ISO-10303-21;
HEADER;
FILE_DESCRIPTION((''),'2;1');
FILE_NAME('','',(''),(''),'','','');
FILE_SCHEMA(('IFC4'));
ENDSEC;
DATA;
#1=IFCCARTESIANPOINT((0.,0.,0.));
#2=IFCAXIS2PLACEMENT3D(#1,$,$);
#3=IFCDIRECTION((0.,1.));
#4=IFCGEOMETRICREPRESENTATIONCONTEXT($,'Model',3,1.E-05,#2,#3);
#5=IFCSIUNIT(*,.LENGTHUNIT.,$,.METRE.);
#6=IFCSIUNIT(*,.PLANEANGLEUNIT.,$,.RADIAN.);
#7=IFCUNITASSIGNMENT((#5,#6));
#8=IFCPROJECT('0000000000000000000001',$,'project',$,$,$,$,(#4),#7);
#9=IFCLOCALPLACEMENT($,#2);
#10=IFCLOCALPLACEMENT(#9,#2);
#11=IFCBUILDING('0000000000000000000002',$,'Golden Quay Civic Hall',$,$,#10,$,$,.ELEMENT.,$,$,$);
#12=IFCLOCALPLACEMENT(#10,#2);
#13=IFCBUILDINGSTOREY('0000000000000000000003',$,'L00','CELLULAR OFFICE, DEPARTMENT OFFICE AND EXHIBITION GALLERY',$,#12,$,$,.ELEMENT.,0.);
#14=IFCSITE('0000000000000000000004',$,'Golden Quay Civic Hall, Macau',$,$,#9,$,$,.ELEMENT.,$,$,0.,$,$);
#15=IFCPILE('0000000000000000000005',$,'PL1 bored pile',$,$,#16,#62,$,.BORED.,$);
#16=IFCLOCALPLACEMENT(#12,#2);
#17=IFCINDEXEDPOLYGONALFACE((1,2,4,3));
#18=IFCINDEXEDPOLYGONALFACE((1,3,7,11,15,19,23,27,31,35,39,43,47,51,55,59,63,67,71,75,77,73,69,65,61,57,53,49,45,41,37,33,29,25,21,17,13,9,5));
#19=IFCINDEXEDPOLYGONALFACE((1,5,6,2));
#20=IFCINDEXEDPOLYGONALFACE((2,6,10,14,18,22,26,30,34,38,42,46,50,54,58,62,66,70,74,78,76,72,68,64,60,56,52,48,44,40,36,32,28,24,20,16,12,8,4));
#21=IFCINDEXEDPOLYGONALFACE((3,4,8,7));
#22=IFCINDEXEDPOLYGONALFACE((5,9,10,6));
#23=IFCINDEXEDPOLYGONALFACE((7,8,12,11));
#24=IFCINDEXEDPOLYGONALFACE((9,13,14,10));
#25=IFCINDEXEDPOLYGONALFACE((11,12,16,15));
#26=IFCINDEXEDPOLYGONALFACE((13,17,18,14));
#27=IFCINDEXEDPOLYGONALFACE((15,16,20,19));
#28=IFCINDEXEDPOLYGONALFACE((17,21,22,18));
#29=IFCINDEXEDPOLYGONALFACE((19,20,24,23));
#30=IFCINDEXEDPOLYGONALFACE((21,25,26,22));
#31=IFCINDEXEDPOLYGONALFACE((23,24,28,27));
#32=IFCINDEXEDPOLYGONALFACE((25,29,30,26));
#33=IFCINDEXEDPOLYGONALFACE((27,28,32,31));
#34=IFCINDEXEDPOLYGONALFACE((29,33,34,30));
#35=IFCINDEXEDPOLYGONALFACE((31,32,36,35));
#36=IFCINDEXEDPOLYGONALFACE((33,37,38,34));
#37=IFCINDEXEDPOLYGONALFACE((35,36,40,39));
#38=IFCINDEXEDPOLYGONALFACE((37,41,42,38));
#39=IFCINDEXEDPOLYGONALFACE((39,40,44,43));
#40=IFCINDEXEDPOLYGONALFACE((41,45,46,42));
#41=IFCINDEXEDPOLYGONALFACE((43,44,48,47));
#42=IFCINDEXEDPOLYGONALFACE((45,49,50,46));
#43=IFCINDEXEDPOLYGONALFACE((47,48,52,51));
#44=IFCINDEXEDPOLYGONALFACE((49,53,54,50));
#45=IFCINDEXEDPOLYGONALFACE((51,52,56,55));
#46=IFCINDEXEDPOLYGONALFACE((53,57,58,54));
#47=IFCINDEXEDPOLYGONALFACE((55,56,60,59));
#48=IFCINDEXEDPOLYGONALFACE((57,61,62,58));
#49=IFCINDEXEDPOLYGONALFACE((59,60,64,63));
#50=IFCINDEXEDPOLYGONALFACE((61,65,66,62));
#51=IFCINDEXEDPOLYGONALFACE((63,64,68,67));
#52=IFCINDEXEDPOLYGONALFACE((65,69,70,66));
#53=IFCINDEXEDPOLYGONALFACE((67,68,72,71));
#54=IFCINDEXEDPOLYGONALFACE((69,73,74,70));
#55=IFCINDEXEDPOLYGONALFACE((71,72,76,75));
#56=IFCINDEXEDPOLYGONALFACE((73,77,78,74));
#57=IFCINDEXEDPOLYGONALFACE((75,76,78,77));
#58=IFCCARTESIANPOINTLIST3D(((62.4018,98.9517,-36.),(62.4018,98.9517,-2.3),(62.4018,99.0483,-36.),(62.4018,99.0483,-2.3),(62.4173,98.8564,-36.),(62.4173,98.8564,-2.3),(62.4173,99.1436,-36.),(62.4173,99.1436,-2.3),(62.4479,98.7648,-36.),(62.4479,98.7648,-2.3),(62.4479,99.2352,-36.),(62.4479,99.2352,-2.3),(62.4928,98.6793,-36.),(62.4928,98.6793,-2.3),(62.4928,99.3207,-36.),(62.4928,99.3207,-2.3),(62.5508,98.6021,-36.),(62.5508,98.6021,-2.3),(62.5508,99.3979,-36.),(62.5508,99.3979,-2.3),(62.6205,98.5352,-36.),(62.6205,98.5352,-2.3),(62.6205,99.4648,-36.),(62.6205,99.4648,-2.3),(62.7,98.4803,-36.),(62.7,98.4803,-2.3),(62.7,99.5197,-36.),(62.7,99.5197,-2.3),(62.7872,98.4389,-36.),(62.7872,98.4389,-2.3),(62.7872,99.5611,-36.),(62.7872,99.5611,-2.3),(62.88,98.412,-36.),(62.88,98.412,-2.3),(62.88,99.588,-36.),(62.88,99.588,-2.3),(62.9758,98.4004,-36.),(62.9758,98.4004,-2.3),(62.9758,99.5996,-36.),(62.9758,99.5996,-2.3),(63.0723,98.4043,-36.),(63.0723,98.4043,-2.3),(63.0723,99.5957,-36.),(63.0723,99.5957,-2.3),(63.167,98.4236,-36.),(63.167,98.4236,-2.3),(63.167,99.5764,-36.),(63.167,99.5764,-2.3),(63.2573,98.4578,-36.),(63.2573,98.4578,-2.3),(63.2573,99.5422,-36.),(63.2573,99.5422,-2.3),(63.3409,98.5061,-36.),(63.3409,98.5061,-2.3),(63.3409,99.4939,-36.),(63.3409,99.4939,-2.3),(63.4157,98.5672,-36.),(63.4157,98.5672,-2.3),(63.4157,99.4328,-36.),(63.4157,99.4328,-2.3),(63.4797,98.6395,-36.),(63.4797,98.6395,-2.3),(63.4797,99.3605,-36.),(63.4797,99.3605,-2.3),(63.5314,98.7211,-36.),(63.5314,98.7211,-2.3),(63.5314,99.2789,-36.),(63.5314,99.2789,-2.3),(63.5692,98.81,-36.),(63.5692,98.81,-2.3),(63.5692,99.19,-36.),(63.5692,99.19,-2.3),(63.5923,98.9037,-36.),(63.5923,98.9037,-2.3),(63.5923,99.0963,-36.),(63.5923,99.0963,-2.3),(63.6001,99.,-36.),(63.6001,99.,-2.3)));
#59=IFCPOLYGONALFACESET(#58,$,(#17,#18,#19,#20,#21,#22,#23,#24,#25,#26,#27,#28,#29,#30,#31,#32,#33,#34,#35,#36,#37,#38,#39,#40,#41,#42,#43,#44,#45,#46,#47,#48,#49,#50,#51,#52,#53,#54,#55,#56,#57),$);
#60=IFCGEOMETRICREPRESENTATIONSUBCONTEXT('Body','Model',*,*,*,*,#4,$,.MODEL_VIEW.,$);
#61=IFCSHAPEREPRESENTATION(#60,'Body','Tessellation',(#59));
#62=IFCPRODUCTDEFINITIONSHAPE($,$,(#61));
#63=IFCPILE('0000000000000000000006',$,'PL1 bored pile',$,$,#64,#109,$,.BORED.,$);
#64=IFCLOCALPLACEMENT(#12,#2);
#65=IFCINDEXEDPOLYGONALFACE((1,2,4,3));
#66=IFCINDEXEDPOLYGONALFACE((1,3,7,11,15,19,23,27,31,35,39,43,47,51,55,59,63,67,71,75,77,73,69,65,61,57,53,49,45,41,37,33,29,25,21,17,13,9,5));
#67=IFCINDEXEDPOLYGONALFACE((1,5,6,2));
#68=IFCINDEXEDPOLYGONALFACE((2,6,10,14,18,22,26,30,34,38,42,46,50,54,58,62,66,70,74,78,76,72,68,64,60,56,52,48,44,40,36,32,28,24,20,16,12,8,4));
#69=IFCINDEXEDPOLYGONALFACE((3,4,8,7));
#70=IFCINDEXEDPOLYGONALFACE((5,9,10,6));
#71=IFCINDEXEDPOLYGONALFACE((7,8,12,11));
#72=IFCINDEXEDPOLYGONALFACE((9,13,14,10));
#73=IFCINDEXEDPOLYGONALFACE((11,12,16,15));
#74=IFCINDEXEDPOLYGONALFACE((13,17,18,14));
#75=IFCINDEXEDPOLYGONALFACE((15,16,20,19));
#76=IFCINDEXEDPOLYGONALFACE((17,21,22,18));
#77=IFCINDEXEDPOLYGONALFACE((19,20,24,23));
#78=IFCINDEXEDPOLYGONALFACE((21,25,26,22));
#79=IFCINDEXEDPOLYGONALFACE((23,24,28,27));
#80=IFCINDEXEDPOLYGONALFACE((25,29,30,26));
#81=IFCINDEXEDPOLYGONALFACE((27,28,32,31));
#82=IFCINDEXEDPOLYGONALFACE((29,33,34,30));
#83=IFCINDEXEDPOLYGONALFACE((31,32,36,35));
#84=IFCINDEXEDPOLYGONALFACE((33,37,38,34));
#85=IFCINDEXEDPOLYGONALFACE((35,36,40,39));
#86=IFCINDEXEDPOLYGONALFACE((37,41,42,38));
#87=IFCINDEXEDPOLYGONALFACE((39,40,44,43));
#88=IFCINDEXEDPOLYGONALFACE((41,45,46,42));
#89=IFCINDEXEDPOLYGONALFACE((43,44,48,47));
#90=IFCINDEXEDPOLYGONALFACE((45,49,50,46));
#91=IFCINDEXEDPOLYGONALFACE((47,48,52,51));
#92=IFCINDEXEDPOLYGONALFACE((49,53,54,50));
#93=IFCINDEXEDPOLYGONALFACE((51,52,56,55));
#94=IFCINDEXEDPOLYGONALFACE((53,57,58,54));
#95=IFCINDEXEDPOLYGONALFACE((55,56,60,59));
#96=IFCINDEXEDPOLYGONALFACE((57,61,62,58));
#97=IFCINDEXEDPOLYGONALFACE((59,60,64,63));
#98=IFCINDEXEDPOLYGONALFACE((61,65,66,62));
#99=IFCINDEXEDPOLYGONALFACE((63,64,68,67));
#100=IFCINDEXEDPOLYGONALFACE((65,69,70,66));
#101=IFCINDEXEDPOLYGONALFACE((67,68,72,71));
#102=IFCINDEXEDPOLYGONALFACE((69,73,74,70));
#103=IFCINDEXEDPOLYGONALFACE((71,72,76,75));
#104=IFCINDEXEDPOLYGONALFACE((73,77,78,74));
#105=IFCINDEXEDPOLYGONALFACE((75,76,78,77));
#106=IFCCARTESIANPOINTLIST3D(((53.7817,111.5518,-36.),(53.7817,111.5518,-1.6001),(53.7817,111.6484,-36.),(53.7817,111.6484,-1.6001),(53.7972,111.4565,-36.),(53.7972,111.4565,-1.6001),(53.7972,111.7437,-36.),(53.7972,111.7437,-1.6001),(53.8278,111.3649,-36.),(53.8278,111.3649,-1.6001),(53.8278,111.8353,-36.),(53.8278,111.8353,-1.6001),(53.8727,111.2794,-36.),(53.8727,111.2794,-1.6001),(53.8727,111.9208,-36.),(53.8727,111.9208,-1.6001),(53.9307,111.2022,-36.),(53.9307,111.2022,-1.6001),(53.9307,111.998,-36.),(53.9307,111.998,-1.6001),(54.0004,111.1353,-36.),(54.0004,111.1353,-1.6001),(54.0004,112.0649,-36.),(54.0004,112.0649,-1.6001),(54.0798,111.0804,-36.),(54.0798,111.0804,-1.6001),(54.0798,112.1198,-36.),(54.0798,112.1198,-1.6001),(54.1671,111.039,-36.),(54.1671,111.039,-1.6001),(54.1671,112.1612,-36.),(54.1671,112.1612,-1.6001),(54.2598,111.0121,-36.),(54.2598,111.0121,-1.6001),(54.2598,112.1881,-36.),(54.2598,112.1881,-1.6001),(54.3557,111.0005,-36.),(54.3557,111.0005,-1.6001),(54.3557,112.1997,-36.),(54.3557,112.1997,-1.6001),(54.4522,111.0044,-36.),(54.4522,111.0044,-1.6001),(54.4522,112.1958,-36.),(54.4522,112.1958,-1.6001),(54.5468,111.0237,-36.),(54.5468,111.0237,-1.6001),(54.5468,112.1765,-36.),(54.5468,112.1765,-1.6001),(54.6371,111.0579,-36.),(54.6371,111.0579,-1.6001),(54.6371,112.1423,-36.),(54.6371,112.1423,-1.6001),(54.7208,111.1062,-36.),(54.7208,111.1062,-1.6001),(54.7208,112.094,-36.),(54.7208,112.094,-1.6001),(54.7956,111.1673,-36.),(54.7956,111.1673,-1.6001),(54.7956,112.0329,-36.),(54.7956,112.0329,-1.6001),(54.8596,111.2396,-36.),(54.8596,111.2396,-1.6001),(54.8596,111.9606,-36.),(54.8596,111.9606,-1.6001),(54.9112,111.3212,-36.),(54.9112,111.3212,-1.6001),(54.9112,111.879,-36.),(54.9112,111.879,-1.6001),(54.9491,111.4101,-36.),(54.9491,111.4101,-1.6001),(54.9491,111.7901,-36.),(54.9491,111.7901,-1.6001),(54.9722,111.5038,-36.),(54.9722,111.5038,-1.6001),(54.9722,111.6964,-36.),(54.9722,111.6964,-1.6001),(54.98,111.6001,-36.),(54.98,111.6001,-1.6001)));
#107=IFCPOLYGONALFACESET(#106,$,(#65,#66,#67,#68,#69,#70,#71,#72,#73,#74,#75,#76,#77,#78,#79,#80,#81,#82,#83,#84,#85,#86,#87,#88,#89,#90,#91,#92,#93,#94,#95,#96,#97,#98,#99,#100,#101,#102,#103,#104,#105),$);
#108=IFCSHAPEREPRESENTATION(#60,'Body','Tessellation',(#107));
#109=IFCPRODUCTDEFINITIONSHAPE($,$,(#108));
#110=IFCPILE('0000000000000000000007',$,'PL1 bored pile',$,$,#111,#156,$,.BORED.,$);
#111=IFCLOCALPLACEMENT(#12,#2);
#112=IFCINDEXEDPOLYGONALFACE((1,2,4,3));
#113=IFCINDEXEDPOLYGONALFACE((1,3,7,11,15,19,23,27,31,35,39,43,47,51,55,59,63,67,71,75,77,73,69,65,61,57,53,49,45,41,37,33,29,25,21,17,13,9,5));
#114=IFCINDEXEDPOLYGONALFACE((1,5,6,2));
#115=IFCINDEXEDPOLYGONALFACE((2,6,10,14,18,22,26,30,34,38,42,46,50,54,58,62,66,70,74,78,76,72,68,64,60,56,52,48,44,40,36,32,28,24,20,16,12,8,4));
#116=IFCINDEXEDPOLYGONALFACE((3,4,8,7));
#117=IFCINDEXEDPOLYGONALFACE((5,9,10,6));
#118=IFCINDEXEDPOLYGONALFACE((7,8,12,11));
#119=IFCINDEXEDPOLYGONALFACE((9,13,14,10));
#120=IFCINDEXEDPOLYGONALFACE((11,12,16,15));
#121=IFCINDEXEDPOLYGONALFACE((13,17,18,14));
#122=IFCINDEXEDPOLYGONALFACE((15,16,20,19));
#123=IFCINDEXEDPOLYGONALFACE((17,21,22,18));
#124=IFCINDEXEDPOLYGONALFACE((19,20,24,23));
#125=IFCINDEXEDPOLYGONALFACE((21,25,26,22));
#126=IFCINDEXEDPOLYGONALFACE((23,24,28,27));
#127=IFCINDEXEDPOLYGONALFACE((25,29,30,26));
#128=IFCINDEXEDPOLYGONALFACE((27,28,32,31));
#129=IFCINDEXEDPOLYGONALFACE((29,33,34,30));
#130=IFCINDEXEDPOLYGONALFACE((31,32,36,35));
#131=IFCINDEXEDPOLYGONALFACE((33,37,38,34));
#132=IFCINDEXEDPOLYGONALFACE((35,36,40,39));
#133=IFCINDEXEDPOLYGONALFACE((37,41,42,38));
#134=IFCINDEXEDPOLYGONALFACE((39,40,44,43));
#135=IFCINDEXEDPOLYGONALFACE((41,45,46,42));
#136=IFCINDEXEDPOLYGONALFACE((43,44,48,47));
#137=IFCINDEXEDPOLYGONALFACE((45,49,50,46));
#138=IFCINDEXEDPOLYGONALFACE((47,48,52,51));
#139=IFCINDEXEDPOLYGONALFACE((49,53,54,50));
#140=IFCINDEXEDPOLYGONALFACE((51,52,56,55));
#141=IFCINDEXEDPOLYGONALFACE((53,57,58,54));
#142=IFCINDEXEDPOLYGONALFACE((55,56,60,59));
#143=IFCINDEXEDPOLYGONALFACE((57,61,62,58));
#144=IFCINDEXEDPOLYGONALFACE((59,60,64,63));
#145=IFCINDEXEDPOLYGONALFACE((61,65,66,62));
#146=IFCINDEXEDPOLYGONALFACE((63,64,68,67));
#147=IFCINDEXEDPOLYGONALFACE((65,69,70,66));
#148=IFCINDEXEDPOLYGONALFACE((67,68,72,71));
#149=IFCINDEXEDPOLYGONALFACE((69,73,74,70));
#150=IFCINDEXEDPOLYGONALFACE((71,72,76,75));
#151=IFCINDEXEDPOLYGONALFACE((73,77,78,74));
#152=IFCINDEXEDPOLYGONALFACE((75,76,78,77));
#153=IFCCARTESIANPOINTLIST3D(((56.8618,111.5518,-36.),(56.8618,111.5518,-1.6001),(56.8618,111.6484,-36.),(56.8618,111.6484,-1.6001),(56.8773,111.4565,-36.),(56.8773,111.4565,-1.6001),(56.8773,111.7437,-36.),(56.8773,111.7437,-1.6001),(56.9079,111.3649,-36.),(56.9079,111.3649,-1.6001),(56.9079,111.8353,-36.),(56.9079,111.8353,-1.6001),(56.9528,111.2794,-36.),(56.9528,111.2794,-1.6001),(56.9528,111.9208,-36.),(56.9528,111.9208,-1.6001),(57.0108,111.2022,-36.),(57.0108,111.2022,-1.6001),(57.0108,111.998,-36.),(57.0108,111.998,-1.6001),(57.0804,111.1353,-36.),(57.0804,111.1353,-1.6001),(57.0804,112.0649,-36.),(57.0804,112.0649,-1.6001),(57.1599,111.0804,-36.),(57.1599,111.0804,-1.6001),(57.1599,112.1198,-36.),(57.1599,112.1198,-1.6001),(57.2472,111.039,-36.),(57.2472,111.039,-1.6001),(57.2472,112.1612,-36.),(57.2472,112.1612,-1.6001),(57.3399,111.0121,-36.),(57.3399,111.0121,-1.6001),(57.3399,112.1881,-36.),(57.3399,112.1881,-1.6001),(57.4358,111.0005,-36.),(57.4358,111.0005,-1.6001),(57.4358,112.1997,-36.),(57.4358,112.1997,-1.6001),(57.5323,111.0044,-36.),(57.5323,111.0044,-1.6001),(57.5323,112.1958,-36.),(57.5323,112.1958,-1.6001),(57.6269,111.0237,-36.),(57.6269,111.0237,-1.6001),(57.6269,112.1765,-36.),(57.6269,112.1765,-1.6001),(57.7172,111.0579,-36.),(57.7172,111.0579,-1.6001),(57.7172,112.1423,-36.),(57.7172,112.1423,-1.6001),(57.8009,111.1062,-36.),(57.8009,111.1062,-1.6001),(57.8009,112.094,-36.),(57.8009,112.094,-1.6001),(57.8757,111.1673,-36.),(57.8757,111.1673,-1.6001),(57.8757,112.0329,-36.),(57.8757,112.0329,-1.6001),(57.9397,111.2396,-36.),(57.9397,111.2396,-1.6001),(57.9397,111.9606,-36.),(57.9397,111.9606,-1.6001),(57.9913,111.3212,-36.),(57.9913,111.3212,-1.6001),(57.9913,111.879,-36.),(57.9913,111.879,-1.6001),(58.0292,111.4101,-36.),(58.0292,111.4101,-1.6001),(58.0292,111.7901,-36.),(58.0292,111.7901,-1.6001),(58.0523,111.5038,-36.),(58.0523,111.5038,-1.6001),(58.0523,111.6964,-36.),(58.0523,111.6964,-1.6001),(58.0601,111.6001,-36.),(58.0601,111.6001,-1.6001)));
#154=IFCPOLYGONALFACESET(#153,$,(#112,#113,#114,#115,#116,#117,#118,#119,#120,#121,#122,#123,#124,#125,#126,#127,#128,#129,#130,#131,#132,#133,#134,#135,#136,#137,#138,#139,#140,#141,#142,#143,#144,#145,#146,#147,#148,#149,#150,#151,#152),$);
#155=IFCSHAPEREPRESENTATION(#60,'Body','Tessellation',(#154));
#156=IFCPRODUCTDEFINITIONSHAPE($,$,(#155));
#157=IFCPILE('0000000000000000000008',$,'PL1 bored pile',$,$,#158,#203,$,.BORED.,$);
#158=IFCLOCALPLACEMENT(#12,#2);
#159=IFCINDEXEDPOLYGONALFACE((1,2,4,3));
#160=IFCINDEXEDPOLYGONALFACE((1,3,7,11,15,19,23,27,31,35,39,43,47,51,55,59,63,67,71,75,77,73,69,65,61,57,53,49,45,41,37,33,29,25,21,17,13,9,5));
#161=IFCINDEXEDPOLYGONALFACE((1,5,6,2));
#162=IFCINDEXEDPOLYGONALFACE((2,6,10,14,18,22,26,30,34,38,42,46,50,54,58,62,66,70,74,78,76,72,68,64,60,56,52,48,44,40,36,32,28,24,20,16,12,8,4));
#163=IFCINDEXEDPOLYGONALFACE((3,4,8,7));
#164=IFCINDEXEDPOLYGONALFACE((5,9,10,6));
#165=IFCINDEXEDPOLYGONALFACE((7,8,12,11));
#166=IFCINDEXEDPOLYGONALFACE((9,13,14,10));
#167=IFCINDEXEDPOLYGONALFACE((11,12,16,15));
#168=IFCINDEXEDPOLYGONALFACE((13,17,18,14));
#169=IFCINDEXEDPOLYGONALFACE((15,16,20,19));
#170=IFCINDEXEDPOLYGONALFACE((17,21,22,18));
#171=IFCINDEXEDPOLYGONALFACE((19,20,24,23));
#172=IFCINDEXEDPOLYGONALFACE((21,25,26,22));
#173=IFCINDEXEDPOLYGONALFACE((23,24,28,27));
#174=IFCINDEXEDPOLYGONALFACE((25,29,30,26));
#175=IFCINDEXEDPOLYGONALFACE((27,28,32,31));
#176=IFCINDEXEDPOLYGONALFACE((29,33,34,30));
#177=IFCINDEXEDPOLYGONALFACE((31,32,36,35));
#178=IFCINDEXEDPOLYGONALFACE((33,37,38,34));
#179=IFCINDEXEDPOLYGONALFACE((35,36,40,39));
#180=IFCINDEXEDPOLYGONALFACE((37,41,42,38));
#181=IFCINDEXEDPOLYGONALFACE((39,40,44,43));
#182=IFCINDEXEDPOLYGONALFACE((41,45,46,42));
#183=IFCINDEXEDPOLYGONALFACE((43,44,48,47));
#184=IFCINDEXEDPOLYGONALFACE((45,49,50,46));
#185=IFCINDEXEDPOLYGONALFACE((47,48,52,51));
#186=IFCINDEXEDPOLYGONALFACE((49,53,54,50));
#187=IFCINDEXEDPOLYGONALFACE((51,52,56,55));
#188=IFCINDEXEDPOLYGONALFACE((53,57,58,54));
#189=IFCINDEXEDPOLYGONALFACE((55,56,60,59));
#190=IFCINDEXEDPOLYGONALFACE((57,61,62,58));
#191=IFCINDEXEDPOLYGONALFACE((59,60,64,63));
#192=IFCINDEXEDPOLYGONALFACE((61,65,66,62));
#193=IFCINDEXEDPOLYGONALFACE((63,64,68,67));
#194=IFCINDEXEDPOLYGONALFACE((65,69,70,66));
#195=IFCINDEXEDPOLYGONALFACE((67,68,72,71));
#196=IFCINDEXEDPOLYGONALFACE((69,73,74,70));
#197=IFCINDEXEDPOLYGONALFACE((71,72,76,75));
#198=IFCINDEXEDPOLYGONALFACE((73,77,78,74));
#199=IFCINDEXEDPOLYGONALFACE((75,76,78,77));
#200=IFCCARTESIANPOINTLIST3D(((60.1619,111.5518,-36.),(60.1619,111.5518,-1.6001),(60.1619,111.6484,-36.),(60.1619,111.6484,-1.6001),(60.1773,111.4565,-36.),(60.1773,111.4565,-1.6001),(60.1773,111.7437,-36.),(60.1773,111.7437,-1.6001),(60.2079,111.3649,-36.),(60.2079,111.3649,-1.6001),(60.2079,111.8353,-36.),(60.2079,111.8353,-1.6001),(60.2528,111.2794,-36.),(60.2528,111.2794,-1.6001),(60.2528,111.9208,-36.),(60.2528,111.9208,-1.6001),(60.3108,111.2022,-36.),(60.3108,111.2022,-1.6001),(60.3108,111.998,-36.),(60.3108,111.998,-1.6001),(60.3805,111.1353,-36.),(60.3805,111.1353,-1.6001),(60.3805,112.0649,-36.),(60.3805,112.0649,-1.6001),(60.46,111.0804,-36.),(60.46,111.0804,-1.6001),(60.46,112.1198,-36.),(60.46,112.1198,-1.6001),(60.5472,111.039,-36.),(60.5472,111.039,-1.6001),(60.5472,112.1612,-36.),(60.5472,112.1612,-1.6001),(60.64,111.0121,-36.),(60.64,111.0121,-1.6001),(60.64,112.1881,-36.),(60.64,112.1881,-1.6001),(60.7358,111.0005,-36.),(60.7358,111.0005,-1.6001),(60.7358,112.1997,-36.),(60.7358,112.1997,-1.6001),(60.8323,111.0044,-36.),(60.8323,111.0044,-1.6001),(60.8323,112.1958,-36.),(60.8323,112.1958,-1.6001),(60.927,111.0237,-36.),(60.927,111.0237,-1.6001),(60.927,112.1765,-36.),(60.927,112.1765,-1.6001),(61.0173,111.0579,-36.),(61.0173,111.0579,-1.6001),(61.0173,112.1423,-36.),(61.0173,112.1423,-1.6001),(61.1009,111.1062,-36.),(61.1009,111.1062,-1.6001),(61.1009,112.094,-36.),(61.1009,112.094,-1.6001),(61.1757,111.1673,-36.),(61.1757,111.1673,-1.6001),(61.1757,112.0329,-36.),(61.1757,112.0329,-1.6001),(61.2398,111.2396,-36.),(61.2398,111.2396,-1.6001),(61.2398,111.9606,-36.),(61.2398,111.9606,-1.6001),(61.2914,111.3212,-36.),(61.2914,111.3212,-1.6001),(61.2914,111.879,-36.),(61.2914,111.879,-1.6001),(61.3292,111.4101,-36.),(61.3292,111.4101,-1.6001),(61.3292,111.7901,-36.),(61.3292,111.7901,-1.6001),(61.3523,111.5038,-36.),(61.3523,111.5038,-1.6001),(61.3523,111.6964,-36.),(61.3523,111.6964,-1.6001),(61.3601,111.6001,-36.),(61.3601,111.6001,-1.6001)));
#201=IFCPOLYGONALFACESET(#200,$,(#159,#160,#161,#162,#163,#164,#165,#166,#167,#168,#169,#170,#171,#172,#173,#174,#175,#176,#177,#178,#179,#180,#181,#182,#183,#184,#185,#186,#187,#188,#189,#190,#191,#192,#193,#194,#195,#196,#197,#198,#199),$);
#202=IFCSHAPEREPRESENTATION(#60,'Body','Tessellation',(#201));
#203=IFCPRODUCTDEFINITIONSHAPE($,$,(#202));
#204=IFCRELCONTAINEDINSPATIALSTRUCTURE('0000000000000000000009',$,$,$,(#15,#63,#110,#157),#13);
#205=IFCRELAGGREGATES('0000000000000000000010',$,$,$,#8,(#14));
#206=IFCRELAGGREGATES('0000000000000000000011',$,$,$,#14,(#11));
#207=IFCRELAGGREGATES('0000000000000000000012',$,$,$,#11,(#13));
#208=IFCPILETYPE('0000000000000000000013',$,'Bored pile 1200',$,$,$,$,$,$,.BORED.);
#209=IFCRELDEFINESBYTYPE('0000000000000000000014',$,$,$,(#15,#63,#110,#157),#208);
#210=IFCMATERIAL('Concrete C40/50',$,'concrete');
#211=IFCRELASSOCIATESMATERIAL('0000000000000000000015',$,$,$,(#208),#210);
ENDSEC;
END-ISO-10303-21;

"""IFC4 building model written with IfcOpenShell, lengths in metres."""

from ifc_helpers import new_model, si_unit, direction, frame, origin, origin_2d, place, context, subcontext, project, spatial, circle, extrude, material, material_profile, profile_set, type_object, element, save


model = new_model("IFC4")

# Units and contexts
model_context = context("Model", 3, precision=1e-05, world=origin(), true_north=direction((0.0, 1.0)))
body_context = subcontext(model_context, "Body", "Model", "MODEL_VIEW")
ifc_project = project(units=[si_unit("LENGTHUNIT", "METRE"), si_unit("PLANEANGLEUNIT", "RADIAN")], contexts=[model_context])

# Site, building, storey
site_placement = place(None, origin())
site = spatial("IfcSite", under=ifc_project, at=site_placement, Name="Golden Quay Civic Hall, Macau", CompositionType="ELEMENT", RefElevation=0.0)
building_placement = place(site_placement, origin())
building = spatial("IfcBuilding", under=site, at=building_placement, Name="Golden Quay Civic Hall", CompositionType="ELEMENT")
storey_placement = place(building_placement, origin())
storey = spatial("IfcBuildingStorey", under=building, at=storey_placement, Name="L00", Description="CELLULAR OFFICE, DEPARTMENT OFFICE AND EXHIBITION GALLERY", CompositionType="ELEMENT", Elevation=0.0)

# Piles
ifc_material_1 = material(Name="Concrete C40/50", Category="concrete")
ifc_material_profile_1 = material_profile(ifc_material_1, circle(Radius=0.6001, at=origin_2d()), Name="RC D1200")
ifc_profile_set_1 = profile_set([ifc_material_profile_1], Name="Concrete C40/50")
pile_type_1 = type_object("IfcPileType", Name="Bored pile 1200", PredefinedType="BORED", material=ifc_profile_set_1)
pile_1_placement = place(storey_placement, frame((63.0, 99.0, -2.3), z_axis=(0.0, 0.0, -1.0), x_axis=(1.0, 0.0, 0.0)))
element("IfcPile", 1, at=pile_1_placement, inside=storey, type_object=pile_type_1, Name="PL1 bored pile", PredefinedType="BORED", context=body_context, shape_type="SweptSolid", body=[
    extrude(circle(Radius=0.6001, at=origin_2d()), origin(), (0.0, 0.0, 1.0), 33.7),
])
for number, where, z_axis, x_axis, name in (
    (2, (54.3799, 111.6001, -1.6001), (0.0, 0.0, -1.0), (1.0, 0.0, 0.0), "PL1 bored pile"),
    (3, (57.46, 111.6001, -1.6001), (0.0, 0.0, -1.0), (1.0, 0.0, 0.0), "PL1 bored pile"),
    (4, (60.76, 111.6001, -1.6001), (0.0, 0.0, -1.0), (1.0, 0.0, 0.0), "PL1 bored pile"),
):
    element("IfcPile", number, at=place(storey_placement, frame(where, z_axis=z_axis, x_axis=x_axis)), inside=storey, type_object=pile_type_1, Name=name, PredefinedType="BORED", context=body_context, shape_type="SweptSolid", body=[
        extrude(circle(Radius=0.6001, at=origin_2d()), origin(), (0.0, 0.0, 1.0), 34.3999),
    ])

save(model, "model.ifc")
